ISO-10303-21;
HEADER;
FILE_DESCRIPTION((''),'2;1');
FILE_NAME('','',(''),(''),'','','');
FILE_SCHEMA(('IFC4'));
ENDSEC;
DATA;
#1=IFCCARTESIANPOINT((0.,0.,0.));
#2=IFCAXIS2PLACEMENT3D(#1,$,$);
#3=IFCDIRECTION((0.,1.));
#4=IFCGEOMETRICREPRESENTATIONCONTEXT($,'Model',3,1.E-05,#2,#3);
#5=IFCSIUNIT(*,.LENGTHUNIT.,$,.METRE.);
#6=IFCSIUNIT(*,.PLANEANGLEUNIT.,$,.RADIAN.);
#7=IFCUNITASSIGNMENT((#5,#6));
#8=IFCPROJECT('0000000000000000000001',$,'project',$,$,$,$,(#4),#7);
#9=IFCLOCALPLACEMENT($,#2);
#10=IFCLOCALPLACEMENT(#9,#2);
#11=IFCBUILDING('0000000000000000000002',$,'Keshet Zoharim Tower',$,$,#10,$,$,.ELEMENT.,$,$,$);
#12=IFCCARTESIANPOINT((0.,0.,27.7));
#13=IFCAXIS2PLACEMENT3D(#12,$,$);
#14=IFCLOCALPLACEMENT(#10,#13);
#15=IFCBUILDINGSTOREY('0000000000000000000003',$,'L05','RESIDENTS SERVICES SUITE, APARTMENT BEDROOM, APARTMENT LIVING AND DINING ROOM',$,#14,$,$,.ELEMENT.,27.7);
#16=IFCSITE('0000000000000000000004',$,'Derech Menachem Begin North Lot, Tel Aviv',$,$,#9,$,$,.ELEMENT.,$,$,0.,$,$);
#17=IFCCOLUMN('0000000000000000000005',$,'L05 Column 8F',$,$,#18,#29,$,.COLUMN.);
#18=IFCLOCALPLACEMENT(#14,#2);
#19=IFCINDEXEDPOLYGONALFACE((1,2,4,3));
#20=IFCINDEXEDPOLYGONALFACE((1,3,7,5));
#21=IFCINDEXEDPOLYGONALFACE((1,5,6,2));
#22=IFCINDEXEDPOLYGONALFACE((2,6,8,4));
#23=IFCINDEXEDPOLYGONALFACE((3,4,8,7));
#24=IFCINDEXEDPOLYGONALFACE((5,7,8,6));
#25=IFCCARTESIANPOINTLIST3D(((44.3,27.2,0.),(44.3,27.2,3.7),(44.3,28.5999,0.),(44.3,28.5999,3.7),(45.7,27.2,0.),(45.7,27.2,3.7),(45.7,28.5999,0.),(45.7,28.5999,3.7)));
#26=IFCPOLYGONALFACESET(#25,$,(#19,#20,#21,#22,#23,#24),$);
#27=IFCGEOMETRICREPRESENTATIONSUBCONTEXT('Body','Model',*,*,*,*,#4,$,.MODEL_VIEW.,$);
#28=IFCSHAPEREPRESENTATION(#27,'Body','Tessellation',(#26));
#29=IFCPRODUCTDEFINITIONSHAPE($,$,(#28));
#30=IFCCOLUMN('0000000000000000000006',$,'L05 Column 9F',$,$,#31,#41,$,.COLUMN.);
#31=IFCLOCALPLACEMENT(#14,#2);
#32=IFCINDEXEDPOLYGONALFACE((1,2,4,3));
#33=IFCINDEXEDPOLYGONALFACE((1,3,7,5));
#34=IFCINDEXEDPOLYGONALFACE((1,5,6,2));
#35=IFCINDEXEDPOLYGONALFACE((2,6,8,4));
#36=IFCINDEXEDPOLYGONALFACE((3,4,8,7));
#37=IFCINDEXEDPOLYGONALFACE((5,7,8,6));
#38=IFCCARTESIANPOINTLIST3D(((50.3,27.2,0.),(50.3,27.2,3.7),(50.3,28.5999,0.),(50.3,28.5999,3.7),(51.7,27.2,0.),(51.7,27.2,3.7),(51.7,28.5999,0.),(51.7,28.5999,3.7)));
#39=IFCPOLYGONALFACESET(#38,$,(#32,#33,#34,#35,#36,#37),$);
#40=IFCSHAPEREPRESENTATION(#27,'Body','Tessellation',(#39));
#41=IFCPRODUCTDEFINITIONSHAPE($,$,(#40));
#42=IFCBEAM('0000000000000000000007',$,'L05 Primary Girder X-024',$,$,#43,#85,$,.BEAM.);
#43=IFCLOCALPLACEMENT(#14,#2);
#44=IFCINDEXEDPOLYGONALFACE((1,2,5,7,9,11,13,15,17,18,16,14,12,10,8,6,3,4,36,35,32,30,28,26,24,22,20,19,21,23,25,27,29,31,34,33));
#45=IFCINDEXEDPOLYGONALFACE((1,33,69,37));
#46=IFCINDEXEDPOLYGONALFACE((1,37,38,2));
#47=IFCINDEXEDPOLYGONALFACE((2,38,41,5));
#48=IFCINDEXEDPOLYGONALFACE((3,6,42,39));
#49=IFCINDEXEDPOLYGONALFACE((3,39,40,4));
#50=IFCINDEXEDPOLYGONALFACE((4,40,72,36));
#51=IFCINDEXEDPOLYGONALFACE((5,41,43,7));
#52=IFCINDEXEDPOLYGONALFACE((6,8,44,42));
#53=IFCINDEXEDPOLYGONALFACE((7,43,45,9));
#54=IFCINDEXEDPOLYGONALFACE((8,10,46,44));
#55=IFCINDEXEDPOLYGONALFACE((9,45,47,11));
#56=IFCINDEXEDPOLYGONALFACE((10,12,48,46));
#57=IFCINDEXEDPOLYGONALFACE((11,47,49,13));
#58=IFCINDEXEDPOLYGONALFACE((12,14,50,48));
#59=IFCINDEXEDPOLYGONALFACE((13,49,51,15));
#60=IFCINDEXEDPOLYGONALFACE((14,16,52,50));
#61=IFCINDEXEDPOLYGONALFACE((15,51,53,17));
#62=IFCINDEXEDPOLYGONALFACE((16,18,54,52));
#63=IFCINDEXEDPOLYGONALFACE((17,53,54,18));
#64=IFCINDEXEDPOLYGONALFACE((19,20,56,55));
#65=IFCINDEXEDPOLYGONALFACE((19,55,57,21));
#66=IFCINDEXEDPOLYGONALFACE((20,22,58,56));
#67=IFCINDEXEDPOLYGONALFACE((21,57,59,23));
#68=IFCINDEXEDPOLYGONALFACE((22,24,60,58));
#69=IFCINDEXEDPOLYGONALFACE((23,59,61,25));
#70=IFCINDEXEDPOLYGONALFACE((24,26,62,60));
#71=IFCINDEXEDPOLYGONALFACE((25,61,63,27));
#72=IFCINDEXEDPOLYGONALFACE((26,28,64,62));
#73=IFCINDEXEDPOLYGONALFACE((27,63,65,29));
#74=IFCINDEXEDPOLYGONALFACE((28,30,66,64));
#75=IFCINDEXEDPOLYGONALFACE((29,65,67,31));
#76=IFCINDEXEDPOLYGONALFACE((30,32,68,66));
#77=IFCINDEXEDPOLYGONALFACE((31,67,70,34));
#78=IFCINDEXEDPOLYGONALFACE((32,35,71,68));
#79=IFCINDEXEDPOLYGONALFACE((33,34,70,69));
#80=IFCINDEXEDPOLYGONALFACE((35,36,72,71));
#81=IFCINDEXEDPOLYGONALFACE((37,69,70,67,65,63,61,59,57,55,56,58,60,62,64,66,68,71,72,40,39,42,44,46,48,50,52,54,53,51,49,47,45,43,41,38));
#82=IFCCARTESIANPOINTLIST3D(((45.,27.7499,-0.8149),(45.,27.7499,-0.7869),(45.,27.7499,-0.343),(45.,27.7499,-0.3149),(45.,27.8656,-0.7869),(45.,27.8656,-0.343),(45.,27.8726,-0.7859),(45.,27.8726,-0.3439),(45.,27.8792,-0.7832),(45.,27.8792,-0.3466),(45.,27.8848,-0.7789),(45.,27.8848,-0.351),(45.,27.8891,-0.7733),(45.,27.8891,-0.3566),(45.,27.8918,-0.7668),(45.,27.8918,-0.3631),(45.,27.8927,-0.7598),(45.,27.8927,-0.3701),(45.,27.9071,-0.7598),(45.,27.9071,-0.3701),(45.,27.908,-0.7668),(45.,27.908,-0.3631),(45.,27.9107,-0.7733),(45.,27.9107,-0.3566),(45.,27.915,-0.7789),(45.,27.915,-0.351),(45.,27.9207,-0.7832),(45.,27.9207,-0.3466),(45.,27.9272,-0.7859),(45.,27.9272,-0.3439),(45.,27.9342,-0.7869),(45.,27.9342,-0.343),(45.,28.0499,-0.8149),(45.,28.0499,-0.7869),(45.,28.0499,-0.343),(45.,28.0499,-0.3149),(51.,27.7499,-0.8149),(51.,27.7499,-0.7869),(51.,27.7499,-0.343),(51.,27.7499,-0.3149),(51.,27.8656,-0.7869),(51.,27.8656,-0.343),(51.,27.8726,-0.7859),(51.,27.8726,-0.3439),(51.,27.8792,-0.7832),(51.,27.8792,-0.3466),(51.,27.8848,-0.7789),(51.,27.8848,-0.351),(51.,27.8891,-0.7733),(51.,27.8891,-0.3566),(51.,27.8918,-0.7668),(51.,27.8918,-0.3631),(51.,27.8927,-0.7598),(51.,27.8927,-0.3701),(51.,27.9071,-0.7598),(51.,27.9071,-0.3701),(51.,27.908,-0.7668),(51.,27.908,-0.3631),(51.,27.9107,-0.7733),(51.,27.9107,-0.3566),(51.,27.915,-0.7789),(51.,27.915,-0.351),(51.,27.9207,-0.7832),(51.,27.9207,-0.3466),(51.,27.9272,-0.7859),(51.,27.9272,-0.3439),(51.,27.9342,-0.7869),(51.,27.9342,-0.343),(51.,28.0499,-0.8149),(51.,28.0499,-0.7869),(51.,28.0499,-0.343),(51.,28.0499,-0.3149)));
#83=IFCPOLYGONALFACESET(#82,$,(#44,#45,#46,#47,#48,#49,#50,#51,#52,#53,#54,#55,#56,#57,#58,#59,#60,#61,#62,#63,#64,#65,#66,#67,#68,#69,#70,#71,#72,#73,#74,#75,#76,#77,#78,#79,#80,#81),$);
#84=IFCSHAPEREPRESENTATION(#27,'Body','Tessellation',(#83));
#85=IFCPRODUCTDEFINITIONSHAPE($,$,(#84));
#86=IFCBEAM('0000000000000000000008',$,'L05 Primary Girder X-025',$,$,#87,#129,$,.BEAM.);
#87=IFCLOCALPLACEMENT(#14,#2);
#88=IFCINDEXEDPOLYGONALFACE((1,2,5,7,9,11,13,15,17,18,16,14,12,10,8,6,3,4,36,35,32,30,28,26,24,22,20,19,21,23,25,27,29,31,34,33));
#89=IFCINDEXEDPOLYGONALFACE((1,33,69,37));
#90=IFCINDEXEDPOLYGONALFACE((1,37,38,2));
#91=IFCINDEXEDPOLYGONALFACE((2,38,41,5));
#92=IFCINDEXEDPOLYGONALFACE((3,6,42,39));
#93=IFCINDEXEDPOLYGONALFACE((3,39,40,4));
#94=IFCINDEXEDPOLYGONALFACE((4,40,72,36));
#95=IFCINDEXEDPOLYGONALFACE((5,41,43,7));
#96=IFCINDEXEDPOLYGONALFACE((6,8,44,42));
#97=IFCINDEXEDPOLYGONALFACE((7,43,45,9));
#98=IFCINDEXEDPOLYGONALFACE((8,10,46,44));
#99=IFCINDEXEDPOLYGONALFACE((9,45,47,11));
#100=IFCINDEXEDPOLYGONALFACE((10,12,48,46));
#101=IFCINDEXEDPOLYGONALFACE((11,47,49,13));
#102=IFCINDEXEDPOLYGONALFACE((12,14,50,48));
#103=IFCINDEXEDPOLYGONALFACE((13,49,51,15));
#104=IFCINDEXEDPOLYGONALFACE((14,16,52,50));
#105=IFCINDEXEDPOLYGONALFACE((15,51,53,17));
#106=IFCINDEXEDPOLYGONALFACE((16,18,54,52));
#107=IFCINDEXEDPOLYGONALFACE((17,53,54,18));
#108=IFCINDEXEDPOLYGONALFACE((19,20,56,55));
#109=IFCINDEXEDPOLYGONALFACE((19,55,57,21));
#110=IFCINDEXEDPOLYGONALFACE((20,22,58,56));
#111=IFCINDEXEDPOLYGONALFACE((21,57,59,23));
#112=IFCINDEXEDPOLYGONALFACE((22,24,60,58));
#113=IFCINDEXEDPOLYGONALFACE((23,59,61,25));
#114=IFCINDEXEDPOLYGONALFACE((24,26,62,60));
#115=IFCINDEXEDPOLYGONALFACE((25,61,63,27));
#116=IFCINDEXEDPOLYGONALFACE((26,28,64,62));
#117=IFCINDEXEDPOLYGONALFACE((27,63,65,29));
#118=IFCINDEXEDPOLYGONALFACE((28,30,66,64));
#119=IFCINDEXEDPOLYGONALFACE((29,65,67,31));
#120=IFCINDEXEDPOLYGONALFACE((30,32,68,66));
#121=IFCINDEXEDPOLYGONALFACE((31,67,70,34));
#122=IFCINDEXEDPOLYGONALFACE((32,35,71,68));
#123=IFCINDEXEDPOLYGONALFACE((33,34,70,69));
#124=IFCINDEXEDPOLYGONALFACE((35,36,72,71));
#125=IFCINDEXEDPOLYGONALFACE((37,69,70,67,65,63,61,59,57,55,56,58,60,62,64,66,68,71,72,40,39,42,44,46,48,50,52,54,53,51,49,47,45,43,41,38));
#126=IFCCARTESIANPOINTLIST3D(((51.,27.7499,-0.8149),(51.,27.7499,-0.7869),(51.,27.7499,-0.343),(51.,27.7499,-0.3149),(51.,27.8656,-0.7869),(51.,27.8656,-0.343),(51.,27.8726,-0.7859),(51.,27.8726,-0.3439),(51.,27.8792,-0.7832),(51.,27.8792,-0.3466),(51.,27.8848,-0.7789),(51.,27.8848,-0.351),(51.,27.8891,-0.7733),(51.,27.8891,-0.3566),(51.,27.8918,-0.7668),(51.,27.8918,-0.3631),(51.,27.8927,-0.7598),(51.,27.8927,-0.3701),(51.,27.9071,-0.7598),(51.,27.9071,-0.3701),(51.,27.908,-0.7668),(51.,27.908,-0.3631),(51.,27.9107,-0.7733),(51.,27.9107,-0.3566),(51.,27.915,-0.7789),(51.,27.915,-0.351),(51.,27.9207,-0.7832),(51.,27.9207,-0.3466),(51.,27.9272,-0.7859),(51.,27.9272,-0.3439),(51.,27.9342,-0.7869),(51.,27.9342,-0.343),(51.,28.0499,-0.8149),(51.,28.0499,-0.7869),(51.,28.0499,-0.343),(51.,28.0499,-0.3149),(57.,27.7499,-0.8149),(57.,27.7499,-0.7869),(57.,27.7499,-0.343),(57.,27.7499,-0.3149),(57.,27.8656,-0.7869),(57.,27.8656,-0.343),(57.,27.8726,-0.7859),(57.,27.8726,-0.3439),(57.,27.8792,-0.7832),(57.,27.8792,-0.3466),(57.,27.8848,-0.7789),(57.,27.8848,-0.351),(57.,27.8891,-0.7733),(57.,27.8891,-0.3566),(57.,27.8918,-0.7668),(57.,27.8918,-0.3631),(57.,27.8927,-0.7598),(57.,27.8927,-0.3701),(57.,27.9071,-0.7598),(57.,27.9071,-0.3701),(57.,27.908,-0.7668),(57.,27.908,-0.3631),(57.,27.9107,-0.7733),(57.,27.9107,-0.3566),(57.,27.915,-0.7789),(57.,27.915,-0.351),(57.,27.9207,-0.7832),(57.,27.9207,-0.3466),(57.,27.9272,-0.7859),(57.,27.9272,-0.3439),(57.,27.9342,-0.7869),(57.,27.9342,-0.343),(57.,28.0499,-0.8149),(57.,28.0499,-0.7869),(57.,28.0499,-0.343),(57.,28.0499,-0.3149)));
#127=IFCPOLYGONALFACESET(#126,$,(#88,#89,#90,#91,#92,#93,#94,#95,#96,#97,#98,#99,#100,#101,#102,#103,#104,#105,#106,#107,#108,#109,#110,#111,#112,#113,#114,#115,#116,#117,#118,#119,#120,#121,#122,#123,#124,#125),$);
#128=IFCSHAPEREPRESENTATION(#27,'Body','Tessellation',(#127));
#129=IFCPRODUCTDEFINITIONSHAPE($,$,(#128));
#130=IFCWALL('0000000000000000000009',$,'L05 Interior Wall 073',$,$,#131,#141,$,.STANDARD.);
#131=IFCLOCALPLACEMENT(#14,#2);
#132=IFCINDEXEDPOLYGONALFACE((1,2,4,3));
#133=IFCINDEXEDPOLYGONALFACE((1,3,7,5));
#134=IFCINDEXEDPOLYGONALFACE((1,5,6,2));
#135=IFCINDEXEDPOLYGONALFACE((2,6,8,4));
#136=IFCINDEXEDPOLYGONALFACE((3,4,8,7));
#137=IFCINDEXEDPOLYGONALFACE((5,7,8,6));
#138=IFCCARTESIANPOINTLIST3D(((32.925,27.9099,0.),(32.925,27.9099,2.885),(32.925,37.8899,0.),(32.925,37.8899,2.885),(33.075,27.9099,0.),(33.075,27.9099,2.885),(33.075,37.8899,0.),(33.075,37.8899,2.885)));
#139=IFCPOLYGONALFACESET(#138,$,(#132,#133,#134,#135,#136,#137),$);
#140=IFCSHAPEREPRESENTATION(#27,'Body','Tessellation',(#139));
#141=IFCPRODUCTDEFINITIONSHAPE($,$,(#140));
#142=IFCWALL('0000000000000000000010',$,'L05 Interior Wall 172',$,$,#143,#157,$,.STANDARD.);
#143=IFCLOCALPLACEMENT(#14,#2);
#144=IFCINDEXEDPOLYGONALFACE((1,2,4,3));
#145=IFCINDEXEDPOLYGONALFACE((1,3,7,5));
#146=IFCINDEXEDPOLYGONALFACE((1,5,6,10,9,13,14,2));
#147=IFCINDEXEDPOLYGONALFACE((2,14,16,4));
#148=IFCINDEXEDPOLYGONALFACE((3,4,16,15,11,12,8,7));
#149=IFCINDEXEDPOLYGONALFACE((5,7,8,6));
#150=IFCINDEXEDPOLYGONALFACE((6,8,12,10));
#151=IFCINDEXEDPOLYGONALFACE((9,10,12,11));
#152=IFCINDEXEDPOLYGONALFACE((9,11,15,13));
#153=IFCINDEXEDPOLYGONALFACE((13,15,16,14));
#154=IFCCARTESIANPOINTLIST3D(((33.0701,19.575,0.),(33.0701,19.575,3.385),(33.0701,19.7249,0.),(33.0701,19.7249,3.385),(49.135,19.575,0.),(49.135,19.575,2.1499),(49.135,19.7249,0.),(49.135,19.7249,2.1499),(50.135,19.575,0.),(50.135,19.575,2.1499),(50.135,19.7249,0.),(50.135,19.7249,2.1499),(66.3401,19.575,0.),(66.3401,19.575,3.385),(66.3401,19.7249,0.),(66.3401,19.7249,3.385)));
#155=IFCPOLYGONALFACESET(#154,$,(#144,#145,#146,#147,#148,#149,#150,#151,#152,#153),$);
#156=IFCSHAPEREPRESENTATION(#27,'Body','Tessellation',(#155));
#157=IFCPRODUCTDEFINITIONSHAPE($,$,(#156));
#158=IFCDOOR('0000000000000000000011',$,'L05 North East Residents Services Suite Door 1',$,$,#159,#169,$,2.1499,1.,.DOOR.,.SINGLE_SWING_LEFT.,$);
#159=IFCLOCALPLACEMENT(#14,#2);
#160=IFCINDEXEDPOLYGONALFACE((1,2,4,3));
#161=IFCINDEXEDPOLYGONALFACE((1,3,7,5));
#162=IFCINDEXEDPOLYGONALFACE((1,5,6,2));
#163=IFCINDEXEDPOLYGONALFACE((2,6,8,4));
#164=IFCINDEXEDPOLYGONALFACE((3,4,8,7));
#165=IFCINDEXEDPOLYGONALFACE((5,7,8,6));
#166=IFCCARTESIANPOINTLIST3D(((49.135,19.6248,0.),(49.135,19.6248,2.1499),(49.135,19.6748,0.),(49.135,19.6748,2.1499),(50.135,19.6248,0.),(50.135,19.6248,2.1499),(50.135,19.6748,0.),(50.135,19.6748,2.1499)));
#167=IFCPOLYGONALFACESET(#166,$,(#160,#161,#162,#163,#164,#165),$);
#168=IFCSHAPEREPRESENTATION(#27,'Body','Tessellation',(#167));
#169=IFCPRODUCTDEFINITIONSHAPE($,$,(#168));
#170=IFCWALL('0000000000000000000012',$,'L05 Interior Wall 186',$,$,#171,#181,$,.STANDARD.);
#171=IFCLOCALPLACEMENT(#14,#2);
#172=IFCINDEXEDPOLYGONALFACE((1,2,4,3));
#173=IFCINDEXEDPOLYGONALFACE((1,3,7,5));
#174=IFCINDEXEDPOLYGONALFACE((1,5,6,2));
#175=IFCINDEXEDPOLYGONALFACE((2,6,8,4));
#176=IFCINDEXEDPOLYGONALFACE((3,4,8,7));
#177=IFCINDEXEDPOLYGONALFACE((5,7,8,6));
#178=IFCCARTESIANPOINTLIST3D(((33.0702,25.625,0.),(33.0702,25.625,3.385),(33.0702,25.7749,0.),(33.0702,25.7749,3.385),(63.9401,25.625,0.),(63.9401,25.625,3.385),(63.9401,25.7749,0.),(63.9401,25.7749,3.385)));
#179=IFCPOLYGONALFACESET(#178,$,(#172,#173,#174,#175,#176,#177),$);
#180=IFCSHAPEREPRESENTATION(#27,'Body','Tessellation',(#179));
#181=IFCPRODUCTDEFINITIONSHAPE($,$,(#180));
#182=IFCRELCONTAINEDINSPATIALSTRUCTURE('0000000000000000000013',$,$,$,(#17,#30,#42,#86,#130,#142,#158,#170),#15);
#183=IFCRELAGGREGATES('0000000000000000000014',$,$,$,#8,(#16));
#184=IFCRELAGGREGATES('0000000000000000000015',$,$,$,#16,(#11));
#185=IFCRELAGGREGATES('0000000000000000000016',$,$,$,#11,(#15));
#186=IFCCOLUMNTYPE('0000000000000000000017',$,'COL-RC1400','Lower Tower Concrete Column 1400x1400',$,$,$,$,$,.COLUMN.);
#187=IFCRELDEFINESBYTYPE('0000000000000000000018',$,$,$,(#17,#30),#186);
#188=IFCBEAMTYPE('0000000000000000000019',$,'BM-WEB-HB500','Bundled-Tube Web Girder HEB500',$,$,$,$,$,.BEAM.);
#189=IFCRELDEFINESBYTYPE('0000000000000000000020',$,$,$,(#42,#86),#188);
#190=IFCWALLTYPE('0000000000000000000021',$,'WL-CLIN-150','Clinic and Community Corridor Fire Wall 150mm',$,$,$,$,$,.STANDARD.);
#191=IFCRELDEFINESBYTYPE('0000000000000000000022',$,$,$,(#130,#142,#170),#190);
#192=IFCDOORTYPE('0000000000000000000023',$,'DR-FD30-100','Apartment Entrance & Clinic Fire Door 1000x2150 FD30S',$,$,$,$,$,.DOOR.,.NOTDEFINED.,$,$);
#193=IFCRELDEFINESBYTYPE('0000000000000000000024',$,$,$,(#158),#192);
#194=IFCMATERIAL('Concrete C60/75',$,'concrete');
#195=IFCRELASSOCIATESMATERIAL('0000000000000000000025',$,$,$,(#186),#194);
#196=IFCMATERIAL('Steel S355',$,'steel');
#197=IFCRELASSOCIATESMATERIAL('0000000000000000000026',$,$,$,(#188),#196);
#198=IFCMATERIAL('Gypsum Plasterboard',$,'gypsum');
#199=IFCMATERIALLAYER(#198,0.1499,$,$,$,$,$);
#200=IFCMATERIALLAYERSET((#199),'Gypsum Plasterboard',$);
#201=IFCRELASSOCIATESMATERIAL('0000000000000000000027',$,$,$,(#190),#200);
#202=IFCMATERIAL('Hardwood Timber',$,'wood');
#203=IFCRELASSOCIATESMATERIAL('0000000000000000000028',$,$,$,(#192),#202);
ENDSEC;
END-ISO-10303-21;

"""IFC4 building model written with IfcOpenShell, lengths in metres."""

from ifc_helpers import new_model, si_unit, direction, frame, frame_2d, origin, origin_2d, place, context, subcontext, project, spatial, rectangle, i_section, extrude, material, layer, layer_set, material_profile, profile_set, type_object, element, fill, save


model = new_model("IFC4")

# Units and contexts
model_context = context("Model", 3, precision=1e-05, world=origin(), true_north=direction((0.0, 1.0)))
body_context = subcontext(model_context, "Body", "Model", "MODEL_VIEW")
ifc_project = project(units=[si_unit("LENGTHUNIT", "METRE"), si_unit("PLANEANGLEUNIT", "RADIAN")], contexts=[model_context])

# Site, building, storey
site_placement = place(None, origin())
site = spatial("IfcSite", under=ifc_project, at=site_placement, Name="Derech Menachem Begin North Lot, Tel Aviv", CompositionType="ELEMENT", RefElevation=0.0)
building_placement = place(site_placement, origin())
building = spatial("IfcBuilding", under=site, at=building_placement, Name="Keshet Zoharim Tower", CompositionType="ELEMENT")
storey_placement = place(building_placement, frame((0.0, 0.0, 27.7)))
storey = spatial("IfcBuildingStorey", under=building, at=storey_placement, Name="L05", Description="RESIDENTS SERVICES SUITE, APARTMENT BEDROOM, APARTMENT LIVING AND DINING ROOM", CompositionType="ELEMENT", Elevation=27.7)

# Columns
ifc_material_1 = material(Name="Concrete C60/75", Category="concrete")
ifc_material_profile_1 = material_profile(ifc_material_1, rectangle(XDim=1.3999, YDim=1.3999, at=origin_2d()), Name="RC1400x1400")
ifc_profile_set_1 = profile_set([ifc_material_profile_1], Name="Concrete C60/75")
column_type = type_object("IfcColumnType", Name="COL-RC1400", Description="Lower Tower Concrete Column 1400x1400", PredefinedType="COLUMN", material=ifc_profile_set_1)
for number, where, z_axis, x_axis, name in (
    (1, (45.0, 27.8999, 0.0), (0.0, 0.0, 1.0), (1.0, 0.0, 0.0), "L05 Column 8F"),
    (2, (51.0, 27.8999, 0.0), (0.0, 0.0, 1.0), (1.0, 0.0, 0.0), "L05 Column 9F"),
):
    element("IfcColumn", number, at=place(storey_placement, frame(where, z_axis=z_axis, x_axis=x_axis)), inside=storey, type_object=column_type, Name=name, PredefinedType="COLUMN", context=body_context, shape_type="SweptSolid", body=[
        extrude(rectangle(XDim=1.3999, YDim=1.3999, at=origin_2d()), origin(), (0.0, 0.0, 1.0), 3.7),
    ])

# Beams
ifc_material_2 = material(Name="Steel S355", Category="steel")
ifc_material_profile_2 = material_profile(ifc_material_2, i_section(OverallWidth=0.3, OverallDepth=0.5, WebThickness=0.0144, FlangeThickness=0.0281, FilletRadius=0.0271, at=origin_2d()), Name="HEB500")
ifc_profile_set_2 = profile_set([ifc_material_profile_2], Name="Steel S355")
beam_type = type_object("IfcBeamType", Name="BM-WEB-HB500", Description="Bundled-Tube Web Girder HEB500", PredefinedType="BEAM", material=ifc_profile_set_2)
for number, where, z_axis, x_axis, name in (
    (3, (45.0, 27.8999, -0.5649), (1.0, 0.0, 0.0), (0.0, 1.0, 0.0), "L05 Primary Girder X-024"),
    (4, (51.0, 27.8999, -0.5649), (1.0, 0.0, 0.0), (0.0, 1.0, 0.0), "L05 Primary Girder X-025"),
):
    element("IfcBeam", number, at=place(storey_placement, frame(where, z_axis=z_axis, x_axis=x_axis)), inside=storey, type_object=beam_type, Name=name, PredefinedType="BEAM", context=body_context, shape_type="SweptSolid", body=[
        extrude(i_section(OverallWidth=0.3, OverallDepth=0.5, WebThickness=0.0144, FlangeThickness=0.0281, FilletRadius=0.0271, at=origin_2d()), origin(), (0.0, 0.0, 1.0), 6.0),
    ])

# Wall
ifc_material_3 = material(Name="Gypsum Plasterboard", Category="gypsum")
ifc_layer_1 = layer(ifc_material_3, 0.1499)
ifc_layer_set_1 = layer_set([ifc_layer_1], Name="Gypsum Plasterboard")
wall_type_1 = type_object("IfcWallType", Name="WL-CLIN-150", Description="Clinic and Community Corridor Fire Wall 150mm", PredefinedType="STANDARD", material=ifc_layer_set_1)
wall_1_placement = place(storey_placement, frame((33.0, 27.9099, 0.0), z_axis=(0.0, 0.0, 1.0), x_axis=(0.0, 1.0, 0.0)))
element("IfcWall", 5, at=wall_1_placement, inside=storey, type_object=wall_type_1, Name="L05 Interior Wall 073", PredefinedType="STANDARD", context=body_context, shape_type="SweptSolid", body=[
    extrude(rectangle(XDim=9.98, YDim=0.1499, at=frame_2d((4.99, 0.0))), origin(), (0.0, 0.0, 1.0), 2.885),
])

# Wall, opening, door
wall_2_placement = place(storey_placement, frame((33.0701, 19.6499, 0.0), z_axis=(0.0, 0.0, 1.0), x_axis=(1.0, 0.0, 0.0)))
wall_2 = element("IfcWall", 6, at=wall_2_placement, inside=storey, type_object=wall_type_1, Name="L05 Interior Wall 172", PredefinedType="STANDARD", context=body_context, shape_type="SweptSolid", body=[
    extrude(rectangle(XDim=33.27, YDim=0.1499, at=frame_2d((16.635, 0.0))), origin(), (0.0, 0.0, 1.0), 3.385),
])
opening_1_placement = place(wall_2_placement, frame((16.0649, 0.0, 0.0)))
opening_1 = element("IfcOpeningElement", 7, at=opening_1_placement, cuts=wall_2, PredefinedType="OPENING", context=body_context, shape_type="SweptSolid", body=[
    extrude(rectangle(XDim=1.0, YDim=2.1499, at=frame_2d((0.5, 1.075))), frame((0.0, 0.085, 0.0), z_axis=(0.0, -1.0, 0.0), x_axis=(1.0, 0.0, 0.0)), (0.0, 0.0, 1.0), 0.1699),
])
ifc_material_4 = material(Name="Hardwood Timber", Category="wood")
door_type = type_object("IfcDoorType", Name="DR-FD30-100", Description="Apartment Entrance & Clinic Fire Door 1000x2150 FD30S", OperationType="NOTDEFINED", PredefinedType="DOOR", material=ifc_material_4)
door_1_placement = place(opening_1_placement, origin())
door_1 = element("IfcDoor", 8, at=door_1_placement, inside=storey, type_object=door_type, Name="L05 North East Residents Services Suite Door 1", OperationType="SINGLE_SWING_LEFT", OverallHeight=2.1499, OverallWidth=1.0, PredefinedType="DOOR", context=body_context, shape_type="SweptSolid", body=[
    extrude(rectangle(XDim=1.0, YDim=2.1499, at=frame_2d((0.5, 1.075))), frame((0.0, 0.0249, 0.0), z_axis=(0.0, -1.0, 0.0), x_axis=(1.0, 0.0, 0.0)), (0.0, 0.0, 1.0), 0.05),
])
fill(opening_1, door_1)

# Wall
wall_3_placement = place(storey_placement, frame((33.0701, 25.7, 0.0), z_axis=(0.0, 0.0, 1.0), x_axis=(1.0, 0.0, 0.0)))
element("IfcWall", 9, at=wall_3_placement, inside=storey, type_object=wall_type_1, Name="L05 Interior Wall 186", PredefinedType="STANDARD", context=body_context, shape_type="SweptSolid", body=[
    extrude(rectangle(XDim=30.8699, YDim=0.1499, at=frame_2d((15.4351, 0.0))), origin(), (0.0, 0.0, 1.0), 3.385),
])

save(model, "model.ifc")
